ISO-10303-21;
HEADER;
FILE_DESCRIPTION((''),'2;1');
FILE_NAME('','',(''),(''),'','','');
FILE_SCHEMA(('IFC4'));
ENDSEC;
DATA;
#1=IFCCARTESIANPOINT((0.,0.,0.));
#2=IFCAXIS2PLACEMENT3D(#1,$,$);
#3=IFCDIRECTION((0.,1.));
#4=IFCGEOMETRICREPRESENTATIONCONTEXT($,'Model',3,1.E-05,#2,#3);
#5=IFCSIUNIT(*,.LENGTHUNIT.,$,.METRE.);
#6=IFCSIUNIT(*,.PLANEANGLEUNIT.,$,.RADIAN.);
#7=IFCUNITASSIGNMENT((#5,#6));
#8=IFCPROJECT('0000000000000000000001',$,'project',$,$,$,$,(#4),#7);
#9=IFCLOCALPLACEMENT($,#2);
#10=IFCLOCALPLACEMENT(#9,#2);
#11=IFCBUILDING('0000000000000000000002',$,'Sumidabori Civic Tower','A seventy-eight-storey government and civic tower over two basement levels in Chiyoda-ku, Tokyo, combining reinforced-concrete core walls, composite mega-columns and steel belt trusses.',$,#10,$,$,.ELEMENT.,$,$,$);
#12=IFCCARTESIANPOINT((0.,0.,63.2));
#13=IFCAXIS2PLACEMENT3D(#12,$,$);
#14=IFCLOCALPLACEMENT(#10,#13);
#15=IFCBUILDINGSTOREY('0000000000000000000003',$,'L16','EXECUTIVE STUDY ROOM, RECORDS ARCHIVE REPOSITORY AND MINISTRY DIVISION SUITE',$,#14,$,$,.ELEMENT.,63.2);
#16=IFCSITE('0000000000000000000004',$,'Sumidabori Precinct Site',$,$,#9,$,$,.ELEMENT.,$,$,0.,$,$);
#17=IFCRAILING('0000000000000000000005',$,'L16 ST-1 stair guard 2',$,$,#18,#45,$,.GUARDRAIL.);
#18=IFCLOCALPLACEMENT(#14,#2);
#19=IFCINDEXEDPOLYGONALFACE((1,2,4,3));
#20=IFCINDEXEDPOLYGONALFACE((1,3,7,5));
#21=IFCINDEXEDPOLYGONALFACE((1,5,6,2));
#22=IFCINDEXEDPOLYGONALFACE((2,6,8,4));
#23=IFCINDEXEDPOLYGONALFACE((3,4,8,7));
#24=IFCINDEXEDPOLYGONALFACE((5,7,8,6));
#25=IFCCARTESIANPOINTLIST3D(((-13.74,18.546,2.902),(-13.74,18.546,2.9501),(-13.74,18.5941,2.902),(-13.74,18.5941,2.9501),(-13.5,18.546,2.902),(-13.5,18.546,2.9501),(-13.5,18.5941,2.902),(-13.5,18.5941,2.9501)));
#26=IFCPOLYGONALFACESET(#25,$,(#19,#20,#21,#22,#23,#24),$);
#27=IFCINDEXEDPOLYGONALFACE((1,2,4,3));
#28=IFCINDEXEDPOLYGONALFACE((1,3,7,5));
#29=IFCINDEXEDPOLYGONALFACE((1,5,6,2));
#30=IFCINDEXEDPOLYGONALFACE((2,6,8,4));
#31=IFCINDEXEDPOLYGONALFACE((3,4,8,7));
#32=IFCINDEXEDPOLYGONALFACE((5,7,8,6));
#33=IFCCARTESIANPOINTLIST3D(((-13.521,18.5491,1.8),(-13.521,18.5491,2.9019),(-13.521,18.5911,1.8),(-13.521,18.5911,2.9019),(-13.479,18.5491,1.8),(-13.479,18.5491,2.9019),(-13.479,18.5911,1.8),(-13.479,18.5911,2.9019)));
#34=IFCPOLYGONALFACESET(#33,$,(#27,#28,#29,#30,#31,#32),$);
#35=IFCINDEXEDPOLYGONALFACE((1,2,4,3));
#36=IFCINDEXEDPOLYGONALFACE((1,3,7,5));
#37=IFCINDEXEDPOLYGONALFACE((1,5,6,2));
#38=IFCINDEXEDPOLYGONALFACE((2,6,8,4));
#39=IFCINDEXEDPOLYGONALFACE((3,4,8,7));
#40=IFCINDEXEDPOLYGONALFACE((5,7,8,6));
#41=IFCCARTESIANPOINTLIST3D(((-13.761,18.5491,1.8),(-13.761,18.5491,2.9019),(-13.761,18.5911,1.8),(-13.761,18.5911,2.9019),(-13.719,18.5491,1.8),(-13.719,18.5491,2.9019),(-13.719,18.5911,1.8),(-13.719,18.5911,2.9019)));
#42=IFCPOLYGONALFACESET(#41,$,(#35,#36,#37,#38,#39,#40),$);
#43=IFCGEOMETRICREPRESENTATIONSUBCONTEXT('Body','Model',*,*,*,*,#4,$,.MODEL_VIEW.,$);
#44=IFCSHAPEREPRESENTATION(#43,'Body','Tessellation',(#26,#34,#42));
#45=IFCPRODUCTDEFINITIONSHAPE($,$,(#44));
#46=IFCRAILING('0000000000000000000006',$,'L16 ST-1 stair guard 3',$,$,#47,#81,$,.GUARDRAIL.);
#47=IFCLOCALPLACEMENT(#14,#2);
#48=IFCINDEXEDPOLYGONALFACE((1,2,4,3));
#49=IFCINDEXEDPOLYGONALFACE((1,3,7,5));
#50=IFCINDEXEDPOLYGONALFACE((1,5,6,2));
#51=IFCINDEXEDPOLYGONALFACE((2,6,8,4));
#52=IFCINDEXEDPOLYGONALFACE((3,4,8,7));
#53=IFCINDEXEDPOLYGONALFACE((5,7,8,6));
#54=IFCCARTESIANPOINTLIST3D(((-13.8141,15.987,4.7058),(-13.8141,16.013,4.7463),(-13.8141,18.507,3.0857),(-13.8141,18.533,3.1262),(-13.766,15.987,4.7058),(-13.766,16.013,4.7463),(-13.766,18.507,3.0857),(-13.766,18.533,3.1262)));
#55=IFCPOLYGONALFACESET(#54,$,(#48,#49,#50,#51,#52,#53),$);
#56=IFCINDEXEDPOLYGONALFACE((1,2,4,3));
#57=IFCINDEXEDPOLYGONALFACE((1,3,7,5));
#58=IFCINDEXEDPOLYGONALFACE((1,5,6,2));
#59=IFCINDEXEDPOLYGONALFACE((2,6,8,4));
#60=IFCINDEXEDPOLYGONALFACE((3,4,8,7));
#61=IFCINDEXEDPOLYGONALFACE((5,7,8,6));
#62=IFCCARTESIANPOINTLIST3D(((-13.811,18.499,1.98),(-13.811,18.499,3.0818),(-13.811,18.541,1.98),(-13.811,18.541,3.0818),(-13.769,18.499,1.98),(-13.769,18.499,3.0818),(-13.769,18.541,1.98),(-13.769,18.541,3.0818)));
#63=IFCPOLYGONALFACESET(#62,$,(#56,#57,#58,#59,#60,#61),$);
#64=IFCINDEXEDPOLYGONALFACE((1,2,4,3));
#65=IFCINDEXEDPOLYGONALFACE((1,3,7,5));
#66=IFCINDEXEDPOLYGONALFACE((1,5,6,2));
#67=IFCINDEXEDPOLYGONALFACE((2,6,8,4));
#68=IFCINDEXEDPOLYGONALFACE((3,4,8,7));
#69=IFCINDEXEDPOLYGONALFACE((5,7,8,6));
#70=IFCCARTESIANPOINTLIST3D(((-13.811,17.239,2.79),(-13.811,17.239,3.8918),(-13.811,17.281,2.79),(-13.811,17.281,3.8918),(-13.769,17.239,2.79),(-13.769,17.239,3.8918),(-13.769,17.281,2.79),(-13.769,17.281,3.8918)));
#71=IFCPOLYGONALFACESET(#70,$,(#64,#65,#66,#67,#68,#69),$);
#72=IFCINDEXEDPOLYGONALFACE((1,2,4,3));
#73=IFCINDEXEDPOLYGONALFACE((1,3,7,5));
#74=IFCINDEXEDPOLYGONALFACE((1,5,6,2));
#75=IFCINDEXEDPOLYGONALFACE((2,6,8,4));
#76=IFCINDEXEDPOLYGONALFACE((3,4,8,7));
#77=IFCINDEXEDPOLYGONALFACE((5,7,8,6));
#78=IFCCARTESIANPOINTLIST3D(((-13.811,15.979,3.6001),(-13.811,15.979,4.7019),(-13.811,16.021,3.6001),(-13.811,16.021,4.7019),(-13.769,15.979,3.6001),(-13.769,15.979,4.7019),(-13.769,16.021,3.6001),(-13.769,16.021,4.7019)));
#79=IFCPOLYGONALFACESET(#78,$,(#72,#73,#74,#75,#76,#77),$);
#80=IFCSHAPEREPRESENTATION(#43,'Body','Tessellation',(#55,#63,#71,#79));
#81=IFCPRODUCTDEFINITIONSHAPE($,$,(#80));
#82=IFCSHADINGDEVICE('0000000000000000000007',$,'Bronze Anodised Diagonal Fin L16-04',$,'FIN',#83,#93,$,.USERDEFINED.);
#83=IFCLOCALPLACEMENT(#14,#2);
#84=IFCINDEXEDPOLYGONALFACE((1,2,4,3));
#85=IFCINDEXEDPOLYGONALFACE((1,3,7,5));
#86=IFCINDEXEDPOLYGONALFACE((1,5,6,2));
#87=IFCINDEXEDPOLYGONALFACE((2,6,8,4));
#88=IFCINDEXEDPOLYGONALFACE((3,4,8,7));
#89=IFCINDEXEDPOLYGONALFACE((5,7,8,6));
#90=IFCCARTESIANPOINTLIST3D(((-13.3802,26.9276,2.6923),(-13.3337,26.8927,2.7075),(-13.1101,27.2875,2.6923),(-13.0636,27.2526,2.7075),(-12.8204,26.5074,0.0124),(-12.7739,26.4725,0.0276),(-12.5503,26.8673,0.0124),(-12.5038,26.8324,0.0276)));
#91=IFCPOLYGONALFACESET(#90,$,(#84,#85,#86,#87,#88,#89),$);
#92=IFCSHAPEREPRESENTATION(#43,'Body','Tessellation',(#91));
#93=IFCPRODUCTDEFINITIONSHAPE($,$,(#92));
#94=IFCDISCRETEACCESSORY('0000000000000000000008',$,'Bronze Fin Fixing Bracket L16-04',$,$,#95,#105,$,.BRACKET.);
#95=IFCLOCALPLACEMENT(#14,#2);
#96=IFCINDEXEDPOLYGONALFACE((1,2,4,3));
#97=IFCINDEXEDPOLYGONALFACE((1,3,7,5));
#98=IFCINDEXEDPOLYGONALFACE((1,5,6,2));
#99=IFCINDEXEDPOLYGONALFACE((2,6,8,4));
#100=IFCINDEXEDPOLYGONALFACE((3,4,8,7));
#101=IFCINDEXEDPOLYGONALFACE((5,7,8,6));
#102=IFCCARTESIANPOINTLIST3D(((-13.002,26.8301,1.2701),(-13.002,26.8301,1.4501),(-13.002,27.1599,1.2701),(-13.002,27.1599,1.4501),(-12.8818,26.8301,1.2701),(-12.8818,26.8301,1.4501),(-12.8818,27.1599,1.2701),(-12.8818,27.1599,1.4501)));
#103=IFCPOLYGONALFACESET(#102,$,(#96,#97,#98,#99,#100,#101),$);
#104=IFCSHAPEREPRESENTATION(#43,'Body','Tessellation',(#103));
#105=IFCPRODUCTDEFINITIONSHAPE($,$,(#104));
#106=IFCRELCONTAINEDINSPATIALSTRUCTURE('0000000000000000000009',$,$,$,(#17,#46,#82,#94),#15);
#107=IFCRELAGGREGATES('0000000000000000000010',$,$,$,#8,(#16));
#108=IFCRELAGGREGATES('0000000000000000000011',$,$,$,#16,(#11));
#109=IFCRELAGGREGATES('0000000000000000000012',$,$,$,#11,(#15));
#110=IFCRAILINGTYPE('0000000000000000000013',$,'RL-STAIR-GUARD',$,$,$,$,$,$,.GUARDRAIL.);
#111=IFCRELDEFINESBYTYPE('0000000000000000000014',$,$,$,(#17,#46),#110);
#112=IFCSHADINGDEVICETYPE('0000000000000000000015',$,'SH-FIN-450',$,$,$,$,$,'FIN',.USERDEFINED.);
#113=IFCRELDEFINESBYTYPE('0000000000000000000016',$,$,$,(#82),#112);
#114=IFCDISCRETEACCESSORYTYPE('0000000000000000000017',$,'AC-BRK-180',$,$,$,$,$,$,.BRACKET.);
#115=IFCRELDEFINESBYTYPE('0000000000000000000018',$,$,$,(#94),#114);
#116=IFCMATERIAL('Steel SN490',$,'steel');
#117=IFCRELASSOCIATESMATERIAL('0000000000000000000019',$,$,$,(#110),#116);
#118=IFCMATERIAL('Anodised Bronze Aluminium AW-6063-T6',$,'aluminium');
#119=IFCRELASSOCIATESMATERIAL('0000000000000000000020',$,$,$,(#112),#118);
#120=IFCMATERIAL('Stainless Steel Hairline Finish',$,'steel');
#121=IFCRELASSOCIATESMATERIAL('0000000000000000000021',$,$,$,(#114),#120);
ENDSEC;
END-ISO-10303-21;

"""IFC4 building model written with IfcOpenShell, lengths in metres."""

from ifc_helpers import new_model, si_unit, direction, frame, origin, origin_2d, place, context, subcontext, project, spatial, rectangle, extrude, source, transform, mapped, material, material_profile, profile_set, type_object, element, save


model = new_model("IFC4")

# Units and contexts
model_context = context("Model", 3, precision=1e-05, world=origin(), true_north=direction((0.0, 1.0)))
body_context = subcontext(model_context, "Body", "Model", "MODEL_VIEW")
ifc_project = project(units=[si_unit("LENGTHUNIT", "METRE"), si_unit("PLANEANGLEUNIT", "RADIAN")], contexts=[model_context])

# Site, building, storey
site_placement = place(None, origin())
site = spatial("IfcSite", under=ifc_project, at=site_placement, Name="Sumidabori Precinct Site", CompositionType="ELEMENT", RefElevation=0.0)
building_placement = place(site_placement, origin())
building = spatial("IfcBuilding", under=site, at=building_placement, Name="Sumidabori Civic Tower", Description="A seventy-eight-storey government and civic tower over two basement levels in Chiyoda-ku, Tokyo, combining reinforced-concrete core walls, composite mega-columns and steel belt trusses.", CompositionType="ELEMENT")
storey_placement = place(building_placement, frame((0.0, 0.0, 63.2)))
storey = spatial("IfcBuildingStorey", under=building, at=storey_placement, Name="L16", Description="EXECUTIVE STUDY ROOM, RECORDS ARCHIVE REPOSITORY AND MINISTRY DIVISION SUITE", CompositionType="ELEMENT", Elevation=63.2)

# Shared definitions
ifc_material_1 = material(Name="Steel SN490", Category="steel")

# Shared definitions
ifc_material_2 = material(Name="Anodised Bronze Aluminium AW-6063-T6", Category="aluminium")

# Railings
railing_type = type_object("IfcRailingType", Name="RL-STAIR-GUARD", PredefinedType="GUARDRAIL", material=ifc_material_1)
railing_1_placement = place(storey_placement, frame((-13.5, 18.5701, 1.8)))
element("IfcRailing", 1, at=railing_1_placement, inside=storey, type_object=railing_type, Name="L16 ST-1 stair guard 2", PredefinedType="GUARDRAIL", context=body_context, shape_type="SweptSolid", body=[
    extrude(rectangle(XDim=0.0481, YDim=0.0481, at=origin_2d()), frame((0.0, 0.0, 1.126), z_axis=(-1.0, 0.0, 0.0), x_axis=(0.0, -1.0, 0.0)), (0.0, 0.0, 1.0), 0.24),
    extrude(rectangle(XDim=0.042, YDim=0.042, at=origin_2d()), origin(), (0.0, 0.0, 1.0), 1.1018),
    extrude(rectangle(XDim=0.042, YDim=0.042, at=origin_2d()), frame((-0.24, 0.0, 0.0)), (0.0, 0.0, 1.0), 1.1018),
])
railing_2_placement = place(storey_placement, frame((-13.79, 18.52, 1.98)))
element("IfcRailing", 2, at=railing_2_placement, inside=storey, type_object=railing_type, Name="L16 ST-1 stair guard 3", PredefinedType="GUARDRAIL", context=body_context, shape_type="SweptSolid", body=[
    extrude(rectangle(XDim=0.0481, YDim=0.0481, at=origin_2d()), frame((0.0, 0.0, 1.126), z_axis=(0.0, -0.841163, 0.540782), x_axis=(1.0, 0.0, 0.0)), (0.0, 0.0, 1.0), 2.9958),
    extrude(rectangle(XDim=0.042, YDim=0.042, at=origin_2d()), origin(), (0.0, 0.0, 1.0), 1.1018),
    extrude(rectangle(XDim=0.042, YDim=0.042, at=origin_2d()), frame((0.0, -1.26, 0.8101)), (0.0, 0.0, 1.0), 1.1018),
    extrude(rectangle(XDim=0.042, YDim=0.042, at=origin_2d()), frame((0.0, -2.52, 1.6201)), (0.0, 0.0, 1.0), 1.1018),
])

# Shading device
ifc_material_profile_1 = material_profile(ifc_material_2, rectangle(XDim=0.0601, YDim=0.45, at=origin_2d()), Name="BRONZE FIN 450x60")
ifc_profile_set_1 = profile_set([ifc_material_profile_1], Name="Anodised Bronze Aluminium AW-6063-T6")
shading_device_type = type_object("IfcShadingDeviceType", Name="SH-FIN-450", ElementType="FIN", PredefinedType="USERDEFINED", material=ifc_profile_set_1)
shared_shape_1 = source(origin(), body_context, "Body", "SweptSolid", [
    extrude(rectangle(XDim=0.0601, YDim=0.45, at=origin_2d()), origin(), (0.0, 0.0, 1.0), 2.7698),
])
shading_device_placement = place(storey_placement, frame((-12.6621, 26.6699, 0.02), z_axis=(-0.202111, 0.151694, 0.967543), x_axis=(0.773832, -0.580796, 0.252705)))
element("IfcShadingDevice", 3, at=shading_device_placement, inside=storey, type_object=shading_device_type, Name="Bronze Anodised Diagonal Fin L16-04", ObjectType="FIN", PredefinedType="USERDEFINED", context=body_context, shape_type="MappedRepresentation", body=[
    mapped(shared_shape_1, transform((0.0, 0.0, 0.0), x_axis=(1.0, 0.0, 0.0), y_axis=(0.0, 1.0, 0.0), z_axis=(0.0, 0.0, 1.0), scale=1.0)),
])

# Discrete accessory
ifc_material_3 = material(Name="Stainless Steel Hairline Finish", Category="steel")
ifc_material_profile_2 = material_profile(ifc_material_3, rectangle(XDim=0.1201, YDim=0.1799, at=origin_2d()), Name="STEEL BRACKET 180x120")
ifc_profile_set_2 = profile_set([ifc_material_profile_2], Name="Stainless Steel Hairline Finish")
discrete_accessory_type = type_object("IfcDiscreteAccessoryType", Name="AC-BRK-180", PredefinedType="BRACKET", material=ifc_profile_set_2)
shared_shape_2 = source(origin(), body_context, "Body", "SweptSolid", [
    extrude(rectangle(XDim=0.1201, YDim=0.1799, at=origin_2d()), origin(), (0.0, 0.0, 1.0), 0.3298),
])
discrete_accessory_placement = place(storey_placement, frame((-12.9419, 26.8301, 1.3601), z_axis=(0.0, 1.0, 0.0), x_axis=(-1.0, 0.0, 0.0)))
element("IfcDiscreteAccessory", 4, at=discrete_accessory_placement, inside=storey, type_object=discrete_accessory_type, Name="Bronze Fin Fixing Bracket L16-04", PredefinedType="BRACKET", context=body_context, shape_type="MappedRepresentation", body=[
    mapped(shared_shape_2, transform((0.0, 0.0, 0.0), x_axis=(1.0, 0.0, 0.0), y_axis=(0.0, 1.0, 0.0), z_axis=(0.0, 0.0, 1.0), scale=1.0)),
])

save(model, "model.ifc")
